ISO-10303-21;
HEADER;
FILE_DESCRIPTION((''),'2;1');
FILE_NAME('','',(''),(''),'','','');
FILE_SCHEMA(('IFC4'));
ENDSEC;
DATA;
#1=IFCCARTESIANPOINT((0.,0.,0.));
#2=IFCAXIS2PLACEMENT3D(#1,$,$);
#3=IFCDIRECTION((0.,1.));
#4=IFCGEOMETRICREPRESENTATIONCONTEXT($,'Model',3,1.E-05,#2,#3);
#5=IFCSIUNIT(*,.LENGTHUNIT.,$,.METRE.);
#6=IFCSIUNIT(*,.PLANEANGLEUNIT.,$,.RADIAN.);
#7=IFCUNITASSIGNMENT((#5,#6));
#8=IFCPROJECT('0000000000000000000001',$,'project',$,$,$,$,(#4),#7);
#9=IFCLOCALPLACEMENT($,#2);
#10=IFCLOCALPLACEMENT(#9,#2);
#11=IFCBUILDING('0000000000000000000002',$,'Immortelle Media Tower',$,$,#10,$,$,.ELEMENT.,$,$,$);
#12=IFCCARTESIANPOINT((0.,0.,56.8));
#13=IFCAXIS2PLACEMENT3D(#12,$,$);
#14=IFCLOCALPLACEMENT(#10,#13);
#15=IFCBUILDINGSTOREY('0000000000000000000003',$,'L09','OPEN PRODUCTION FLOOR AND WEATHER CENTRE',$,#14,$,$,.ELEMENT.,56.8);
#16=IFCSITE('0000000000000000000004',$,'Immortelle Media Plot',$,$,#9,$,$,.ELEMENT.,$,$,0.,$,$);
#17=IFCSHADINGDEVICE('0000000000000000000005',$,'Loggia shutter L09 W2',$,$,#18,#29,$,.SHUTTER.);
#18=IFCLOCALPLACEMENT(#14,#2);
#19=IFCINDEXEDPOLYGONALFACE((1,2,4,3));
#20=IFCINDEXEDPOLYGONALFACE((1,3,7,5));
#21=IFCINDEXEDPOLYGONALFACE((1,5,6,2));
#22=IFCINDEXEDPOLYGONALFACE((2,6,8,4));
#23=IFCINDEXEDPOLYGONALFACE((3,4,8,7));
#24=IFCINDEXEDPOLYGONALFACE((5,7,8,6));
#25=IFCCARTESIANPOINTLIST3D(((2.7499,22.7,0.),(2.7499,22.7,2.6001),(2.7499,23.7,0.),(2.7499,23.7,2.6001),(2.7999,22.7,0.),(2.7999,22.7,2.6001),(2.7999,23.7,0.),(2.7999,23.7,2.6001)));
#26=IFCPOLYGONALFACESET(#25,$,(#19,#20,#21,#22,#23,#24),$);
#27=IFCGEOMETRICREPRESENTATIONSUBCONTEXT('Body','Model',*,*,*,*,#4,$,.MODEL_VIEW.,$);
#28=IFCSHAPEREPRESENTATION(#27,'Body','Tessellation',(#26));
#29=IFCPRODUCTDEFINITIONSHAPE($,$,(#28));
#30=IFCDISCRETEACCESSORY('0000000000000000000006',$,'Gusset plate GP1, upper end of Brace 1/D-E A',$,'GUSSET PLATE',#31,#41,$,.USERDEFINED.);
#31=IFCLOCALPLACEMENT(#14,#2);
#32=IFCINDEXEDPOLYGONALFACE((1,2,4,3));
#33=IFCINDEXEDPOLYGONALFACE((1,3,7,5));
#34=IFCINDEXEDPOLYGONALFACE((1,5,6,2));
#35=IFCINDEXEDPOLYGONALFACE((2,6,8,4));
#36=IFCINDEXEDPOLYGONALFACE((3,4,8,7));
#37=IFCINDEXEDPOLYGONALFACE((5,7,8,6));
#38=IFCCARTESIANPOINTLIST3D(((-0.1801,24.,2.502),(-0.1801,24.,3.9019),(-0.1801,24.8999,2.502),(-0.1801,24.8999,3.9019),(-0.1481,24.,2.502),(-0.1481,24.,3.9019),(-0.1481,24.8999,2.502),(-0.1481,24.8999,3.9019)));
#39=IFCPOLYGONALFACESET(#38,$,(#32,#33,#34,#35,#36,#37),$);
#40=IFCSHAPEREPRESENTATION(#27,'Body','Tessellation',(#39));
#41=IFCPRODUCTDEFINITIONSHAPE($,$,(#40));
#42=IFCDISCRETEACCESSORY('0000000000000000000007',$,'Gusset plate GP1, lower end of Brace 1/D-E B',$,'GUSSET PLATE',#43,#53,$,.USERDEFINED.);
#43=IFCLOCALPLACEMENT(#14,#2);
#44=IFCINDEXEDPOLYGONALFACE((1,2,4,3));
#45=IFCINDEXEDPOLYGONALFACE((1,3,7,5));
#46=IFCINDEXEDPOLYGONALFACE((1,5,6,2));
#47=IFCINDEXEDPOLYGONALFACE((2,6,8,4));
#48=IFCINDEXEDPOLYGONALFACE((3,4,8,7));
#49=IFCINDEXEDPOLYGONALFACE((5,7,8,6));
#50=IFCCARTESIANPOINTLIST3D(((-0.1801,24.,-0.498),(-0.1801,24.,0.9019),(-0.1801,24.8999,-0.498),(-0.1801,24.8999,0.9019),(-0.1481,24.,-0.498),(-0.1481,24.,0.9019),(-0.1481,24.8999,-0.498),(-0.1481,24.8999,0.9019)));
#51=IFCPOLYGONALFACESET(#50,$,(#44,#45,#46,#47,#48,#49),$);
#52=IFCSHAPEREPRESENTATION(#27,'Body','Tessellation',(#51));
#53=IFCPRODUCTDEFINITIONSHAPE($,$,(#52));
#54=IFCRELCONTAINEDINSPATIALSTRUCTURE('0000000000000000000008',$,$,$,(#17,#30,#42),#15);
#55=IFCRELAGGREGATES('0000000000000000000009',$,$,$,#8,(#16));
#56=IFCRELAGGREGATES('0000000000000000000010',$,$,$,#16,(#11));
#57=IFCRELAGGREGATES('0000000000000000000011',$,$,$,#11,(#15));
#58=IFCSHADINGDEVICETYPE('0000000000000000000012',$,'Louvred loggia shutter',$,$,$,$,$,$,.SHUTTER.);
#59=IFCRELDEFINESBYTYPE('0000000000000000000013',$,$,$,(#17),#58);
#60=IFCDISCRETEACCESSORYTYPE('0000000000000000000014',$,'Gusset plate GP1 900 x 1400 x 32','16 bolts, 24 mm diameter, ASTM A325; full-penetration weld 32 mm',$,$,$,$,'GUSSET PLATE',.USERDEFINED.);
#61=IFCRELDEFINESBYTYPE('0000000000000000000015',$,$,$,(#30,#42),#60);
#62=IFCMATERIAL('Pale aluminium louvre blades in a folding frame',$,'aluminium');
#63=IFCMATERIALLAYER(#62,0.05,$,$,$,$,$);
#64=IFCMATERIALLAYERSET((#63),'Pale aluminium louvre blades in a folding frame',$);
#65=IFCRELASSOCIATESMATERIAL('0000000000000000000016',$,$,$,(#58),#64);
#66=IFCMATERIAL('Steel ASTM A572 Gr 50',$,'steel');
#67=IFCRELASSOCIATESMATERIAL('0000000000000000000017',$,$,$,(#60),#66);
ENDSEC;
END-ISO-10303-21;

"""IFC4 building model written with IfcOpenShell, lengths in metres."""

from ifc_helpers import new_model, si_unit, direction, frame, origin, origin_2d, place, context, subcontext, project, spatial, rectangle, extrude, material, layer, layer_set, material_profile, profile_set, type_object, element, save


model = new_model("IFC4")

# Units and contexts
model_context = context("Model", 3, precision=1e-05, world=origin(), true_north=direction((0.0, 1.0)))
body_context = subcontext(model_context, "Body", "Model", "MODEL_VIEW")
ifc_project = project(units=[si_unit("LENGTHUNIT", "METRE"), si_unit("PLANEANGLEUNIT", "RADIAN")], contexts=[model_context])

# Site, building, storey
site_placement = place(None, origin())
site = spatial("IfcSite", under=ifc_project, at=site_placement, Name="Immortelle Media Plot", CompositionType="ELEMENT", RefElevation=0.0)
building_placement = place(site_placement, origin())
building = spatial("IfcBuilding", under=site, at=building_placement, Name="Immortelle Media Tower", CompositionType="ELEMENT")
storey_placement = place(building_placement, frame((0.0, 0.0, 56.8)))
storey = spatial("IfcBuildingStorey", under=building, at=storey_placement, Name="L09", Description="OPEN PRODUCTION FLOOR AND WEATHER CENTRE", CompositionType="ELEMENT", Elevation=56.8)

# Shading device
ifc_material_1 = material(Name="Pale aluminium louvre blades in a folding frame", Category="aluminium")
ifc_layer_1 = layer(ifc_material_1, 0.05)
ifc_layer_set_1 = layer_set([ifc_layer_1], Name="Pale aluminium louvre blades in a folding frame")
shading_device_type_1 = type_object("IfcShadingDeviceType", Name="Louvred loggia shutter", PredefinedType="SHUTTER", material=ifc_layer_set_1)
shading_device_1_placement = place(storey_placement, frame((2.7749, 23.2, 0.0), z_axis=(0.0, 0.0, 1.0), x_axis=(0.0, -1.0, 0.0)))
element("IfcShadingDevice", 1, at=shading_device_1_placement, inside=storey, type_object=shading_device_type_1, Name="Loggia shutter L09 W2", PredefinedType="SHUTTER", context=body_context, shape_type="SweptSolid", body=[
    extrude(rectangle(XDim=1.0, YDim=0.05, at=origin_2d()), origin(), (0.0, 0.0, 1.0), 2.6001),
])

# Discrete accessories
ifc_material_2 = material(Name="Steel ASTM A572 Gr 50", Category="steel")
ifc_material_profile_1 = material_profile(ifc_material_2, rectangle(XDim=0.032, YDim=1.3999, at=origin_2d()), Name="PL 32 x 1400")
ifc_profile_set_1 = profile_set([ifc_material_profile_1], Name="Steel ASTM A572 Gr 50")
discrete_accessory_type = type_object("IfcDiscreteAccessoryType", Name="Gusset plate GP1 900 x 1400 x 32", Description="16 bolts, 24 mm diameter, ASTM A325; full-penetration weld 32 mm", ElementType="GUSSET PLATE", PredefinedType="USERDEFINED", material=ifc_profile_set_1)
for number, where, z_axis, x_axis, name in (
    (2, (-0.1641, 24.0, 3.2019), (0.0, 1.0, 0.0), (-1.0, 0.0, 0.0), "Gusset plate GP1, upper end of Brace 1/D-E A"),
    (3, (-0.1641, 24.0, 0.2019), (0.0, 1.0, 0.0), (-1.0, 0.0, 0.0), "Gusset plate GP1, lower end of Brace 1/D-E B"),
):
    element("IfcDiscreteAccessory", number, at=place(storey_placement, frame(where, z_axis=z_axis, x_axis=x_axis)), inside=storey, type_object=discrete_accessory_type, Name=name, ObjectType="GUSSET PLATE", PredefinedType="USERDEFINED", context=body_context, shape_type="SweptSolid", body=[
        extrude(rectangle(XDim=0.032, YDim=1.3999, at=origin_2d()), origin(), (0.0, 0.0, 1.0), 0.8999),
    ])

save(model, "model.ifc")
